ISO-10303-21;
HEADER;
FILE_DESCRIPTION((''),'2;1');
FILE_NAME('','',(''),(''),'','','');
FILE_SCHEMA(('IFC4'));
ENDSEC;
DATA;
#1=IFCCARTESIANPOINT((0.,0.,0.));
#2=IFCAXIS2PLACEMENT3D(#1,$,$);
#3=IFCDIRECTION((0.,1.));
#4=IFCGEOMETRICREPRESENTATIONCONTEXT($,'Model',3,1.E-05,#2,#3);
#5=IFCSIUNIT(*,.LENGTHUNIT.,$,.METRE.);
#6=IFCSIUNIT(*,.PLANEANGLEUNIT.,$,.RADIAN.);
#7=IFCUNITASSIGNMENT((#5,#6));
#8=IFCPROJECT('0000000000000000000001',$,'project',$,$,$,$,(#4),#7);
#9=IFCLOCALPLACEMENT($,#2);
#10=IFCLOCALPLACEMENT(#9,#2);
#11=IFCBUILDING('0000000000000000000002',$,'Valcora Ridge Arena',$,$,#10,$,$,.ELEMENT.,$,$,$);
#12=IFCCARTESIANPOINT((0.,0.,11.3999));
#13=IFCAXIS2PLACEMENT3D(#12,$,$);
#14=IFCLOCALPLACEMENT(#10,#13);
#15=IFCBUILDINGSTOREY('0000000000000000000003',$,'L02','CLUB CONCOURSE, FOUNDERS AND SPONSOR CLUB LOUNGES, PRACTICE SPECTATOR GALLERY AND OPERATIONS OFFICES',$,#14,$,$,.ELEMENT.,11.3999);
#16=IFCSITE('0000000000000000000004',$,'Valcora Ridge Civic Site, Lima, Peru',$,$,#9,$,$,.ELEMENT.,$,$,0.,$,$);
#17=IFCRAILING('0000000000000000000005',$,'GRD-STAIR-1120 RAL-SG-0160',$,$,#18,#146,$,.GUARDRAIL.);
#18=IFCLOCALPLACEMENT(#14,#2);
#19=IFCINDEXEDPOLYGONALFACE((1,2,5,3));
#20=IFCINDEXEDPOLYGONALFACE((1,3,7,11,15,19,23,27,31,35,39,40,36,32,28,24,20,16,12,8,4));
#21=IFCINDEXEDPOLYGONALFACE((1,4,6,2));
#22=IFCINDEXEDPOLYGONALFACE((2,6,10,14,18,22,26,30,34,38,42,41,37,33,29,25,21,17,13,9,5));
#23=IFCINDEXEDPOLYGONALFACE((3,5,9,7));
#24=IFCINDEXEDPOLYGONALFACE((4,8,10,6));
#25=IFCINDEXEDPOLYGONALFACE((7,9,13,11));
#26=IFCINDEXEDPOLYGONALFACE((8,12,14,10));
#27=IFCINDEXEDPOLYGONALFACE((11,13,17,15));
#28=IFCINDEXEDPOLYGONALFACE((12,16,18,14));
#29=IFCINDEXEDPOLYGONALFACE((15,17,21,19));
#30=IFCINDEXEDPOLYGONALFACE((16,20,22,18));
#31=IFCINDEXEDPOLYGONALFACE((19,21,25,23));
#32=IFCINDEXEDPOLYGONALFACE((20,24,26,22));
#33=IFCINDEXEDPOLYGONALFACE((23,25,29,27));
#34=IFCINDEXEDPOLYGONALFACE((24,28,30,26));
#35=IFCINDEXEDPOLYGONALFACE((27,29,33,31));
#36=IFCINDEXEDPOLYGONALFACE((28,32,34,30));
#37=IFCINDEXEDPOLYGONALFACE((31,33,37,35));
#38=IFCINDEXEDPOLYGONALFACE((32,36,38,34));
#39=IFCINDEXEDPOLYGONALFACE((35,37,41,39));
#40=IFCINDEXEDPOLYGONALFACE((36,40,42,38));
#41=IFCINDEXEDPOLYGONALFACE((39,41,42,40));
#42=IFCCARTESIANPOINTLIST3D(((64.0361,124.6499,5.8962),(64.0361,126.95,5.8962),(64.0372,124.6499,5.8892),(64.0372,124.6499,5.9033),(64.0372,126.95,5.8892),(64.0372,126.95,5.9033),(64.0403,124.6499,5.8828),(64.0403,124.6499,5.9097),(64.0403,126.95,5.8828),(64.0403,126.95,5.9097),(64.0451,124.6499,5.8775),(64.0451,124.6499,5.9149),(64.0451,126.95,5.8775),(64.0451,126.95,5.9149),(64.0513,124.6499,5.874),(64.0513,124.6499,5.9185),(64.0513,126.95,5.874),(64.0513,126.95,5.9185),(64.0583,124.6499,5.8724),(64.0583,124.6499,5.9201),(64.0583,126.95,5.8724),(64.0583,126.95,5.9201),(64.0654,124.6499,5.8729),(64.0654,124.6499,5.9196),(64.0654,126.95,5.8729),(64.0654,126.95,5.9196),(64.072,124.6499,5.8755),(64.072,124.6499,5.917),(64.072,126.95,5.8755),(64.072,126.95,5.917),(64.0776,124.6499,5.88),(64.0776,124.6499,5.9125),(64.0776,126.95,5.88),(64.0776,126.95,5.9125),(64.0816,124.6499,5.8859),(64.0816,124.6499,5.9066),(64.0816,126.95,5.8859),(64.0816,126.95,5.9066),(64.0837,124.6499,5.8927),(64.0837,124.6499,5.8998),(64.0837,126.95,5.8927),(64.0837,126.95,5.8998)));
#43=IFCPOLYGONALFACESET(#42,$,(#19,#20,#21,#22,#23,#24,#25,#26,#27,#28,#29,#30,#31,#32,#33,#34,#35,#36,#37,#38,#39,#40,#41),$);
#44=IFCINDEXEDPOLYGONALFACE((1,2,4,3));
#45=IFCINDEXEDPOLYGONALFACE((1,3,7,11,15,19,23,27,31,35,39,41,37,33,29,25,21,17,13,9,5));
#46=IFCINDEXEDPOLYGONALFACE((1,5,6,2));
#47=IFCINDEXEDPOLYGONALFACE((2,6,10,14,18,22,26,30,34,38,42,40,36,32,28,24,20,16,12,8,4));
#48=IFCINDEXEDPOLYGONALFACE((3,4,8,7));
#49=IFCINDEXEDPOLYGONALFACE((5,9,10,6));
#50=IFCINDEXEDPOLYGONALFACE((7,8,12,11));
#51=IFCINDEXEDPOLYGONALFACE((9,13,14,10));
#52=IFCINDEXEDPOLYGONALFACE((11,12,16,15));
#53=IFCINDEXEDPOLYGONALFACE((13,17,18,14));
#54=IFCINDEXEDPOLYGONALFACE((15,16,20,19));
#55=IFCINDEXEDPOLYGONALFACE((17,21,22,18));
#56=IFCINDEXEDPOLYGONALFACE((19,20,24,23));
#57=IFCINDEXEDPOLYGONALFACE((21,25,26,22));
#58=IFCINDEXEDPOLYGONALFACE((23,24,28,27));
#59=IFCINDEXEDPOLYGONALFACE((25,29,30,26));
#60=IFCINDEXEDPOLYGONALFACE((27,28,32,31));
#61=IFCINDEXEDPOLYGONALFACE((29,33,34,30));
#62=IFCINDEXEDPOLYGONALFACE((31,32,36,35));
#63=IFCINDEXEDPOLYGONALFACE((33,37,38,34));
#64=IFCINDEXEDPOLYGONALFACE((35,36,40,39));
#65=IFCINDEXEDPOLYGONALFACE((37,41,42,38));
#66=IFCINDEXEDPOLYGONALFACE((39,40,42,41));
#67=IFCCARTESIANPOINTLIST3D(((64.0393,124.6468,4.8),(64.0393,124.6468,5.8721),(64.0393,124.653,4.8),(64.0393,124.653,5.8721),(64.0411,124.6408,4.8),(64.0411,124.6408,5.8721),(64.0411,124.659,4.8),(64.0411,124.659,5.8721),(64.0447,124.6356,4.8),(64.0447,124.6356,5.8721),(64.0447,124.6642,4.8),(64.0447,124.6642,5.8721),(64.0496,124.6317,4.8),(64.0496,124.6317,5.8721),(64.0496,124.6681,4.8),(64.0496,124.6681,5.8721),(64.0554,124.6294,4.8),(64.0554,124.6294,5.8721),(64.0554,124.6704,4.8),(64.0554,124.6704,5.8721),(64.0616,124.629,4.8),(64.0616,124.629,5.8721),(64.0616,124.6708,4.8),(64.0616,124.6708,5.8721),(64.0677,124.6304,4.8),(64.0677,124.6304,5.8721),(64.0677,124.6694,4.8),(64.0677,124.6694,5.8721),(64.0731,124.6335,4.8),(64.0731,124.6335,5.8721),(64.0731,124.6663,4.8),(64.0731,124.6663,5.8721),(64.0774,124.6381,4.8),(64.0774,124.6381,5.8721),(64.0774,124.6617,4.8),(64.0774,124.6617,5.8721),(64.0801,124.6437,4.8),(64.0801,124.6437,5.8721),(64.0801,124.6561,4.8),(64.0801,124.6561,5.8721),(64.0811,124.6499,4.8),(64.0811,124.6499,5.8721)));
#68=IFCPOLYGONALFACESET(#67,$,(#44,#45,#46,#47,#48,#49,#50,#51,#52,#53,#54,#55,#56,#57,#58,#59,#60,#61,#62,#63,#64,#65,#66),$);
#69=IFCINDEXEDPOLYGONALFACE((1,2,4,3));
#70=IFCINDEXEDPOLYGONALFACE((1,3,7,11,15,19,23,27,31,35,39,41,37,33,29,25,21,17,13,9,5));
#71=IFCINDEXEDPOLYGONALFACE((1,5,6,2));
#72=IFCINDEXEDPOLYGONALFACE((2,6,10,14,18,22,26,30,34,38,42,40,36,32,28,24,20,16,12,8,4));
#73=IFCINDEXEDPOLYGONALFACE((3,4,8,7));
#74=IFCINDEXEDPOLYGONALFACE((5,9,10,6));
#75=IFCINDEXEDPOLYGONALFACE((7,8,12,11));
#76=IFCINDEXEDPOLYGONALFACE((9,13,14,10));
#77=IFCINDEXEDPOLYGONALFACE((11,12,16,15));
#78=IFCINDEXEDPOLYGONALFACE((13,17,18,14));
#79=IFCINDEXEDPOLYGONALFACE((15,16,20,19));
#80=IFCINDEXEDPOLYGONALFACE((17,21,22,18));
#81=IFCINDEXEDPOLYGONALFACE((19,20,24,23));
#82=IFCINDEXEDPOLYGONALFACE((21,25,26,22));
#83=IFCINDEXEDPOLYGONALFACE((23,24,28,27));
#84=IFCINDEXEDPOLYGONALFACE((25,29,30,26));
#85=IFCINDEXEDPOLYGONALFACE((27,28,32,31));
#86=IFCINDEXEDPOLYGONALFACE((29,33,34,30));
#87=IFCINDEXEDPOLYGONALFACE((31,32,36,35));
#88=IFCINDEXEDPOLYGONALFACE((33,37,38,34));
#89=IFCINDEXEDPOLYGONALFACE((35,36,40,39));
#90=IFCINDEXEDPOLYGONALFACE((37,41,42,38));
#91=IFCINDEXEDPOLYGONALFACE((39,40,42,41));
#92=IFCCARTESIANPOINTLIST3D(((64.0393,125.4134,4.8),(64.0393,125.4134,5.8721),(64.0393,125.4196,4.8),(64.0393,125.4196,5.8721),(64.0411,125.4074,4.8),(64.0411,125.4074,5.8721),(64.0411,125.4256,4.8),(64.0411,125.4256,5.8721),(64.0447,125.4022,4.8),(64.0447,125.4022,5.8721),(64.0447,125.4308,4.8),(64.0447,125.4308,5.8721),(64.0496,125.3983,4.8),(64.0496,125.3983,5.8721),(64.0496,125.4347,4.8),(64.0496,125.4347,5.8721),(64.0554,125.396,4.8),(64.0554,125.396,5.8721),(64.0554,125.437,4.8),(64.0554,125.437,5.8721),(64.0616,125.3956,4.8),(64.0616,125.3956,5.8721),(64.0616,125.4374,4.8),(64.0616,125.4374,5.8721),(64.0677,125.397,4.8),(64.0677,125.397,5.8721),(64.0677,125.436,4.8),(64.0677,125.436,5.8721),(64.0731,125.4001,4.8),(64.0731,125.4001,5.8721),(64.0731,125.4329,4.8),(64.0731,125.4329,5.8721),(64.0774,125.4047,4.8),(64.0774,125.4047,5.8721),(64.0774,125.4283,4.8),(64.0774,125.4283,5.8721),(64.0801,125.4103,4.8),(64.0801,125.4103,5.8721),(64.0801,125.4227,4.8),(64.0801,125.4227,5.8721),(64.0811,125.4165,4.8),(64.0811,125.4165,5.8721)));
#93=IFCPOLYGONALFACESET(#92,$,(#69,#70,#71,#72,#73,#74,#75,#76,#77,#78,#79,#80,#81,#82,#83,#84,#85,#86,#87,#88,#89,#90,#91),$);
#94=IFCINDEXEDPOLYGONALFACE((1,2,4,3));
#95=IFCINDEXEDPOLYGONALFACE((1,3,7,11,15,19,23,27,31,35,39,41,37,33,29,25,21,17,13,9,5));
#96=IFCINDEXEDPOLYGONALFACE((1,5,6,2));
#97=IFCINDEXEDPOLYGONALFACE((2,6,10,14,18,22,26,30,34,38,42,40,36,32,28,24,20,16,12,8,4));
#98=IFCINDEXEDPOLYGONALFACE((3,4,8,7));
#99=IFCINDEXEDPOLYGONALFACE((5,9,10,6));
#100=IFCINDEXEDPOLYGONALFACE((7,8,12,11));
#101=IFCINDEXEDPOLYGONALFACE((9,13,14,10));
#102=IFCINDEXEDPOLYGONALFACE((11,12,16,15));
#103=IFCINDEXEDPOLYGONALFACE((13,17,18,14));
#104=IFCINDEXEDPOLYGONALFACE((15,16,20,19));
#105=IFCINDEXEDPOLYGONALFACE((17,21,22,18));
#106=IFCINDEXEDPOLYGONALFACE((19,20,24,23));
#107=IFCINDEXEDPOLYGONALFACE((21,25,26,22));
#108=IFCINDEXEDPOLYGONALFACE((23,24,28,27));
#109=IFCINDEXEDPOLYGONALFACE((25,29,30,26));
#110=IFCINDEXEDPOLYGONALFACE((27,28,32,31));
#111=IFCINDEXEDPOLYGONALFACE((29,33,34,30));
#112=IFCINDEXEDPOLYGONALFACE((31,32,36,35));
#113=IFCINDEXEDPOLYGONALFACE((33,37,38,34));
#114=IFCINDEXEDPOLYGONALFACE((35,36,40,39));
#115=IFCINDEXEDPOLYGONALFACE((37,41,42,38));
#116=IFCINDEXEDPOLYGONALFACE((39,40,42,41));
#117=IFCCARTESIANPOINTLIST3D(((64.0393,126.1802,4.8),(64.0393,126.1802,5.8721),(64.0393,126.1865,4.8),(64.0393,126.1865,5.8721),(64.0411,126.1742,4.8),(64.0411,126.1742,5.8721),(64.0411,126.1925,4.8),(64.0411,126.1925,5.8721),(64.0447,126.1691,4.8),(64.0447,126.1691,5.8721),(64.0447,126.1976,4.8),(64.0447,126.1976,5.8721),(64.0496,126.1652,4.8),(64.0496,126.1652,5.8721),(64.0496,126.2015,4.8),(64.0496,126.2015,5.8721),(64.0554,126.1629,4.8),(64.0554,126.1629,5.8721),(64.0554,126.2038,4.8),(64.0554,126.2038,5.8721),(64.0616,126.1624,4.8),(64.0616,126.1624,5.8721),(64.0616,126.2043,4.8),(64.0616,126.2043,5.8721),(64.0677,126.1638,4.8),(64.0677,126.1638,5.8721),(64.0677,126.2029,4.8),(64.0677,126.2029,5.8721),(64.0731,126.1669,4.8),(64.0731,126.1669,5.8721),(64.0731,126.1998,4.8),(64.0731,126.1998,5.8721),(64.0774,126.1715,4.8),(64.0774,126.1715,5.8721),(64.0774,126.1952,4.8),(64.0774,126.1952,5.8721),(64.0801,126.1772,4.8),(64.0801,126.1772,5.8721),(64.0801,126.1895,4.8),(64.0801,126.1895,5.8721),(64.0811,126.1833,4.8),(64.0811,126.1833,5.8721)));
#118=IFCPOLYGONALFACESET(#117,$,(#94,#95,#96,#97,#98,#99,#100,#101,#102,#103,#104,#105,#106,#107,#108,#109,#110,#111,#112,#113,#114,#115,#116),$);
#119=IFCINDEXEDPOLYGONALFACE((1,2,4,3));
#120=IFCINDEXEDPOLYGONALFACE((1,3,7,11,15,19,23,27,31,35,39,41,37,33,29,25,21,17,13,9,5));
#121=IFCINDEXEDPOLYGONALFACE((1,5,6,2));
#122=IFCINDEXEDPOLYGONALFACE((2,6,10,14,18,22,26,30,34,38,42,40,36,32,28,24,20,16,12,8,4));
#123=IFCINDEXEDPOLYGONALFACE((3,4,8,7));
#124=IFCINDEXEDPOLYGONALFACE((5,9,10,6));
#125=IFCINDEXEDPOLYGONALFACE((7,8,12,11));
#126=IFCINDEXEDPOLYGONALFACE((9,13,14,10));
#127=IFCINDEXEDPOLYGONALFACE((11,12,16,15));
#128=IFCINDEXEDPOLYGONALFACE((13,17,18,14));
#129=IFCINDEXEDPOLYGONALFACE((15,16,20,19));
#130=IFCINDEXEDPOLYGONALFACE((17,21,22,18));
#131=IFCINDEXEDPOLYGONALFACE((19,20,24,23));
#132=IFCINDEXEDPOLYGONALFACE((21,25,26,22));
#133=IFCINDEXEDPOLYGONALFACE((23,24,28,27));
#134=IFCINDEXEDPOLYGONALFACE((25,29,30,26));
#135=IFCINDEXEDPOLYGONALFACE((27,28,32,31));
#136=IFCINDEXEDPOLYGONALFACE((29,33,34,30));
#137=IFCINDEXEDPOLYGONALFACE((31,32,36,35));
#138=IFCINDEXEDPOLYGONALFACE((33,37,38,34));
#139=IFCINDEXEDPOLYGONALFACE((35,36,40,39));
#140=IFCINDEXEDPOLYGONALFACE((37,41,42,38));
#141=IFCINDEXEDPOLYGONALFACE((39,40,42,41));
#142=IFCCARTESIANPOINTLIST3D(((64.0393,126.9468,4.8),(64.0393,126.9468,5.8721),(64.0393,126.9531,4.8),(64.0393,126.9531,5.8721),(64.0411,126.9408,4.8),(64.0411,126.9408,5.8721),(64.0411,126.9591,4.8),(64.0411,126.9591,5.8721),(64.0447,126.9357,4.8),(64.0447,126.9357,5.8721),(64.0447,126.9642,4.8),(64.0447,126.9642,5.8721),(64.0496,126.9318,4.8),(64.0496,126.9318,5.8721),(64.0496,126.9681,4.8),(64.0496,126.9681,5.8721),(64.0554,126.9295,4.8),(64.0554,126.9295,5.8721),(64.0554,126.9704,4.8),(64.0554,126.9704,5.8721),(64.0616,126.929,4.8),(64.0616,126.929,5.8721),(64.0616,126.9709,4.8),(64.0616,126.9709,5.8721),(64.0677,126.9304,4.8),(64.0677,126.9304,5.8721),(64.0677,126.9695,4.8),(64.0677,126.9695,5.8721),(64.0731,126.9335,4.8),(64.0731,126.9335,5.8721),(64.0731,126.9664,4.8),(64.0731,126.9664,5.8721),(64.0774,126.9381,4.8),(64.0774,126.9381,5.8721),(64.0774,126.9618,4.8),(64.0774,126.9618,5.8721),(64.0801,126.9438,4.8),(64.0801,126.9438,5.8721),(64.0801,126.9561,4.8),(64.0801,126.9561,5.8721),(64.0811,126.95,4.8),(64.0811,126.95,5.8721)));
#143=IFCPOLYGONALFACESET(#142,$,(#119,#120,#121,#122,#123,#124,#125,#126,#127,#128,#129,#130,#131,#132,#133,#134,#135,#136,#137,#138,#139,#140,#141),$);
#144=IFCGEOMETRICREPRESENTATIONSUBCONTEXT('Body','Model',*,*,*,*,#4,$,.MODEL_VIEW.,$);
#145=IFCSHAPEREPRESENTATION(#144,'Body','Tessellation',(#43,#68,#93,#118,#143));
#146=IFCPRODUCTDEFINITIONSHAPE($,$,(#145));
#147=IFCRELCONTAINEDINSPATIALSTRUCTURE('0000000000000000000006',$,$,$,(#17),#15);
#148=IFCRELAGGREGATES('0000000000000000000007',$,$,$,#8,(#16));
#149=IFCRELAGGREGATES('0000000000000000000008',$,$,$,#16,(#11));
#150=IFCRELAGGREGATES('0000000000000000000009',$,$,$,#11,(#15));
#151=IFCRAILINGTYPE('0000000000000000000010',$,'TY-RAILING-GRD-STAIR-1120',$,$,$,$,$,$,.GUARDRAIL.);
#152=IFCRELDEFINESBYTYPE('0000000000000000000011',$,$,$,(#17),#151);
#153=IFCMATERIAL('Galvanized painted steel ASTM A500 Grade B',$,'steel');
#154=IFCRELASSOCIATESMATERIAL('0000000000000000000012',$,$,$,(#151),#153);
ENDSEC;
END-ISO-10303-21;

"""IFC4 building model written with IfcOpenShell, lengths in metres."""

from ifc_helpers import new_model, si_unit, direction, frame, origin, origin_2d, place, context, subcontext, project, spatial, circle, extrude, material, type_object, element, save


model = new_model("IFC4")

# Units and contexts
model_context = context("Model", 3, precision=1e-05, world=origin(), true_north=direction((0.0, 1.0)))
body_context = subcontext(model_context, "Body", "Model", "MODEL_VIEW")
ifc_project = project(units=[si_unit("LENGTHUNIT", "METRE"), si_unit("PLANEANGLEUNIT", "RADIAN")], contexts=[model_context])

# Site, building, storey
site_placement = place(None, origin())
site = spatial("IfcSite", under=ifc_project, at=site_placement, Name="Valcora Ridge Civic Site, Lima, Peru", CompositionType="ELEMENT", RefElevation=0.0)
building_placement = place(site_placement, origin())
building = spatial("IfcBuilding", under=site, at=building_placement, Name="Valcora Ridge Arena", CompositionType="ELEMENT")
storey_placement = place(building_placement, frame((0.0, 0.0, 11.3999)))
storey = spatial("IfcBuildingStorey", under=building, at=storey_placement, Name="L02", Description="CLUB CONCOURSE, FOUNDERS AND SPONSOR CLUB LOUNGES, PRACTICE SPECTATOR GALLERY AND OPERATIONS OFFICES", CompositionType="ELEMENT", Elevation=11.3999)

# Railing
ifc_material_1 = material(Name="Galvanized painted steel ASTM A500 Grade B", Category="steel")
railing_type_1 = type_object("IfcRailingType", Name="TY-RAILING-GRD-STAIR-1120", PredefinedType="GUARDRAIL", material=ifc_material_1)
railing_1_placement = place(storey_placement, frame((64.0601, 124.6499, 4.8)))
element("IfcRailing", 1, at=railing_1_placement, inside=storey, type_object=railing_type_1, Name="GRD-STAIR-1120 RAL-SG-0160", PredefinedType="GUARDRAIL", context=body_context, shape_type="SweptSolid", body=[
    extrude(circle(Radius=0.0239, at=origin_2d()), frame((0.0, 0.0, 1.0962), z_axis=(0.0, 1.0, 0.0), x_axis=(-1.0, 0.0, 0.0)), (0.0, 0.0, 1.0), 2.3),
    extrude(circle(Radius=0.021, at=origin_2d()), origin(), (0.0, 0.0, 1.0), 1.072),
    extrude(circle(Radius=0.021, at=origin_2d()), frame((0.0, 0.7666, 0.0)), (0.0, 0.0, 1.0), 1.072),
    extrude(circle(Radius=0.021, at=origin_2d()), frame((0.0, 1.5334, 0.0)), (0.0, 0.0, 1.0), 1.072),
    extrude(circle(Radius=0.021, at=origin_2d()), frame((0.0, 2.3, 0.0)), (0.0, 0.0, 1.0), 1.072),
])

save(model, "model.ifc")
